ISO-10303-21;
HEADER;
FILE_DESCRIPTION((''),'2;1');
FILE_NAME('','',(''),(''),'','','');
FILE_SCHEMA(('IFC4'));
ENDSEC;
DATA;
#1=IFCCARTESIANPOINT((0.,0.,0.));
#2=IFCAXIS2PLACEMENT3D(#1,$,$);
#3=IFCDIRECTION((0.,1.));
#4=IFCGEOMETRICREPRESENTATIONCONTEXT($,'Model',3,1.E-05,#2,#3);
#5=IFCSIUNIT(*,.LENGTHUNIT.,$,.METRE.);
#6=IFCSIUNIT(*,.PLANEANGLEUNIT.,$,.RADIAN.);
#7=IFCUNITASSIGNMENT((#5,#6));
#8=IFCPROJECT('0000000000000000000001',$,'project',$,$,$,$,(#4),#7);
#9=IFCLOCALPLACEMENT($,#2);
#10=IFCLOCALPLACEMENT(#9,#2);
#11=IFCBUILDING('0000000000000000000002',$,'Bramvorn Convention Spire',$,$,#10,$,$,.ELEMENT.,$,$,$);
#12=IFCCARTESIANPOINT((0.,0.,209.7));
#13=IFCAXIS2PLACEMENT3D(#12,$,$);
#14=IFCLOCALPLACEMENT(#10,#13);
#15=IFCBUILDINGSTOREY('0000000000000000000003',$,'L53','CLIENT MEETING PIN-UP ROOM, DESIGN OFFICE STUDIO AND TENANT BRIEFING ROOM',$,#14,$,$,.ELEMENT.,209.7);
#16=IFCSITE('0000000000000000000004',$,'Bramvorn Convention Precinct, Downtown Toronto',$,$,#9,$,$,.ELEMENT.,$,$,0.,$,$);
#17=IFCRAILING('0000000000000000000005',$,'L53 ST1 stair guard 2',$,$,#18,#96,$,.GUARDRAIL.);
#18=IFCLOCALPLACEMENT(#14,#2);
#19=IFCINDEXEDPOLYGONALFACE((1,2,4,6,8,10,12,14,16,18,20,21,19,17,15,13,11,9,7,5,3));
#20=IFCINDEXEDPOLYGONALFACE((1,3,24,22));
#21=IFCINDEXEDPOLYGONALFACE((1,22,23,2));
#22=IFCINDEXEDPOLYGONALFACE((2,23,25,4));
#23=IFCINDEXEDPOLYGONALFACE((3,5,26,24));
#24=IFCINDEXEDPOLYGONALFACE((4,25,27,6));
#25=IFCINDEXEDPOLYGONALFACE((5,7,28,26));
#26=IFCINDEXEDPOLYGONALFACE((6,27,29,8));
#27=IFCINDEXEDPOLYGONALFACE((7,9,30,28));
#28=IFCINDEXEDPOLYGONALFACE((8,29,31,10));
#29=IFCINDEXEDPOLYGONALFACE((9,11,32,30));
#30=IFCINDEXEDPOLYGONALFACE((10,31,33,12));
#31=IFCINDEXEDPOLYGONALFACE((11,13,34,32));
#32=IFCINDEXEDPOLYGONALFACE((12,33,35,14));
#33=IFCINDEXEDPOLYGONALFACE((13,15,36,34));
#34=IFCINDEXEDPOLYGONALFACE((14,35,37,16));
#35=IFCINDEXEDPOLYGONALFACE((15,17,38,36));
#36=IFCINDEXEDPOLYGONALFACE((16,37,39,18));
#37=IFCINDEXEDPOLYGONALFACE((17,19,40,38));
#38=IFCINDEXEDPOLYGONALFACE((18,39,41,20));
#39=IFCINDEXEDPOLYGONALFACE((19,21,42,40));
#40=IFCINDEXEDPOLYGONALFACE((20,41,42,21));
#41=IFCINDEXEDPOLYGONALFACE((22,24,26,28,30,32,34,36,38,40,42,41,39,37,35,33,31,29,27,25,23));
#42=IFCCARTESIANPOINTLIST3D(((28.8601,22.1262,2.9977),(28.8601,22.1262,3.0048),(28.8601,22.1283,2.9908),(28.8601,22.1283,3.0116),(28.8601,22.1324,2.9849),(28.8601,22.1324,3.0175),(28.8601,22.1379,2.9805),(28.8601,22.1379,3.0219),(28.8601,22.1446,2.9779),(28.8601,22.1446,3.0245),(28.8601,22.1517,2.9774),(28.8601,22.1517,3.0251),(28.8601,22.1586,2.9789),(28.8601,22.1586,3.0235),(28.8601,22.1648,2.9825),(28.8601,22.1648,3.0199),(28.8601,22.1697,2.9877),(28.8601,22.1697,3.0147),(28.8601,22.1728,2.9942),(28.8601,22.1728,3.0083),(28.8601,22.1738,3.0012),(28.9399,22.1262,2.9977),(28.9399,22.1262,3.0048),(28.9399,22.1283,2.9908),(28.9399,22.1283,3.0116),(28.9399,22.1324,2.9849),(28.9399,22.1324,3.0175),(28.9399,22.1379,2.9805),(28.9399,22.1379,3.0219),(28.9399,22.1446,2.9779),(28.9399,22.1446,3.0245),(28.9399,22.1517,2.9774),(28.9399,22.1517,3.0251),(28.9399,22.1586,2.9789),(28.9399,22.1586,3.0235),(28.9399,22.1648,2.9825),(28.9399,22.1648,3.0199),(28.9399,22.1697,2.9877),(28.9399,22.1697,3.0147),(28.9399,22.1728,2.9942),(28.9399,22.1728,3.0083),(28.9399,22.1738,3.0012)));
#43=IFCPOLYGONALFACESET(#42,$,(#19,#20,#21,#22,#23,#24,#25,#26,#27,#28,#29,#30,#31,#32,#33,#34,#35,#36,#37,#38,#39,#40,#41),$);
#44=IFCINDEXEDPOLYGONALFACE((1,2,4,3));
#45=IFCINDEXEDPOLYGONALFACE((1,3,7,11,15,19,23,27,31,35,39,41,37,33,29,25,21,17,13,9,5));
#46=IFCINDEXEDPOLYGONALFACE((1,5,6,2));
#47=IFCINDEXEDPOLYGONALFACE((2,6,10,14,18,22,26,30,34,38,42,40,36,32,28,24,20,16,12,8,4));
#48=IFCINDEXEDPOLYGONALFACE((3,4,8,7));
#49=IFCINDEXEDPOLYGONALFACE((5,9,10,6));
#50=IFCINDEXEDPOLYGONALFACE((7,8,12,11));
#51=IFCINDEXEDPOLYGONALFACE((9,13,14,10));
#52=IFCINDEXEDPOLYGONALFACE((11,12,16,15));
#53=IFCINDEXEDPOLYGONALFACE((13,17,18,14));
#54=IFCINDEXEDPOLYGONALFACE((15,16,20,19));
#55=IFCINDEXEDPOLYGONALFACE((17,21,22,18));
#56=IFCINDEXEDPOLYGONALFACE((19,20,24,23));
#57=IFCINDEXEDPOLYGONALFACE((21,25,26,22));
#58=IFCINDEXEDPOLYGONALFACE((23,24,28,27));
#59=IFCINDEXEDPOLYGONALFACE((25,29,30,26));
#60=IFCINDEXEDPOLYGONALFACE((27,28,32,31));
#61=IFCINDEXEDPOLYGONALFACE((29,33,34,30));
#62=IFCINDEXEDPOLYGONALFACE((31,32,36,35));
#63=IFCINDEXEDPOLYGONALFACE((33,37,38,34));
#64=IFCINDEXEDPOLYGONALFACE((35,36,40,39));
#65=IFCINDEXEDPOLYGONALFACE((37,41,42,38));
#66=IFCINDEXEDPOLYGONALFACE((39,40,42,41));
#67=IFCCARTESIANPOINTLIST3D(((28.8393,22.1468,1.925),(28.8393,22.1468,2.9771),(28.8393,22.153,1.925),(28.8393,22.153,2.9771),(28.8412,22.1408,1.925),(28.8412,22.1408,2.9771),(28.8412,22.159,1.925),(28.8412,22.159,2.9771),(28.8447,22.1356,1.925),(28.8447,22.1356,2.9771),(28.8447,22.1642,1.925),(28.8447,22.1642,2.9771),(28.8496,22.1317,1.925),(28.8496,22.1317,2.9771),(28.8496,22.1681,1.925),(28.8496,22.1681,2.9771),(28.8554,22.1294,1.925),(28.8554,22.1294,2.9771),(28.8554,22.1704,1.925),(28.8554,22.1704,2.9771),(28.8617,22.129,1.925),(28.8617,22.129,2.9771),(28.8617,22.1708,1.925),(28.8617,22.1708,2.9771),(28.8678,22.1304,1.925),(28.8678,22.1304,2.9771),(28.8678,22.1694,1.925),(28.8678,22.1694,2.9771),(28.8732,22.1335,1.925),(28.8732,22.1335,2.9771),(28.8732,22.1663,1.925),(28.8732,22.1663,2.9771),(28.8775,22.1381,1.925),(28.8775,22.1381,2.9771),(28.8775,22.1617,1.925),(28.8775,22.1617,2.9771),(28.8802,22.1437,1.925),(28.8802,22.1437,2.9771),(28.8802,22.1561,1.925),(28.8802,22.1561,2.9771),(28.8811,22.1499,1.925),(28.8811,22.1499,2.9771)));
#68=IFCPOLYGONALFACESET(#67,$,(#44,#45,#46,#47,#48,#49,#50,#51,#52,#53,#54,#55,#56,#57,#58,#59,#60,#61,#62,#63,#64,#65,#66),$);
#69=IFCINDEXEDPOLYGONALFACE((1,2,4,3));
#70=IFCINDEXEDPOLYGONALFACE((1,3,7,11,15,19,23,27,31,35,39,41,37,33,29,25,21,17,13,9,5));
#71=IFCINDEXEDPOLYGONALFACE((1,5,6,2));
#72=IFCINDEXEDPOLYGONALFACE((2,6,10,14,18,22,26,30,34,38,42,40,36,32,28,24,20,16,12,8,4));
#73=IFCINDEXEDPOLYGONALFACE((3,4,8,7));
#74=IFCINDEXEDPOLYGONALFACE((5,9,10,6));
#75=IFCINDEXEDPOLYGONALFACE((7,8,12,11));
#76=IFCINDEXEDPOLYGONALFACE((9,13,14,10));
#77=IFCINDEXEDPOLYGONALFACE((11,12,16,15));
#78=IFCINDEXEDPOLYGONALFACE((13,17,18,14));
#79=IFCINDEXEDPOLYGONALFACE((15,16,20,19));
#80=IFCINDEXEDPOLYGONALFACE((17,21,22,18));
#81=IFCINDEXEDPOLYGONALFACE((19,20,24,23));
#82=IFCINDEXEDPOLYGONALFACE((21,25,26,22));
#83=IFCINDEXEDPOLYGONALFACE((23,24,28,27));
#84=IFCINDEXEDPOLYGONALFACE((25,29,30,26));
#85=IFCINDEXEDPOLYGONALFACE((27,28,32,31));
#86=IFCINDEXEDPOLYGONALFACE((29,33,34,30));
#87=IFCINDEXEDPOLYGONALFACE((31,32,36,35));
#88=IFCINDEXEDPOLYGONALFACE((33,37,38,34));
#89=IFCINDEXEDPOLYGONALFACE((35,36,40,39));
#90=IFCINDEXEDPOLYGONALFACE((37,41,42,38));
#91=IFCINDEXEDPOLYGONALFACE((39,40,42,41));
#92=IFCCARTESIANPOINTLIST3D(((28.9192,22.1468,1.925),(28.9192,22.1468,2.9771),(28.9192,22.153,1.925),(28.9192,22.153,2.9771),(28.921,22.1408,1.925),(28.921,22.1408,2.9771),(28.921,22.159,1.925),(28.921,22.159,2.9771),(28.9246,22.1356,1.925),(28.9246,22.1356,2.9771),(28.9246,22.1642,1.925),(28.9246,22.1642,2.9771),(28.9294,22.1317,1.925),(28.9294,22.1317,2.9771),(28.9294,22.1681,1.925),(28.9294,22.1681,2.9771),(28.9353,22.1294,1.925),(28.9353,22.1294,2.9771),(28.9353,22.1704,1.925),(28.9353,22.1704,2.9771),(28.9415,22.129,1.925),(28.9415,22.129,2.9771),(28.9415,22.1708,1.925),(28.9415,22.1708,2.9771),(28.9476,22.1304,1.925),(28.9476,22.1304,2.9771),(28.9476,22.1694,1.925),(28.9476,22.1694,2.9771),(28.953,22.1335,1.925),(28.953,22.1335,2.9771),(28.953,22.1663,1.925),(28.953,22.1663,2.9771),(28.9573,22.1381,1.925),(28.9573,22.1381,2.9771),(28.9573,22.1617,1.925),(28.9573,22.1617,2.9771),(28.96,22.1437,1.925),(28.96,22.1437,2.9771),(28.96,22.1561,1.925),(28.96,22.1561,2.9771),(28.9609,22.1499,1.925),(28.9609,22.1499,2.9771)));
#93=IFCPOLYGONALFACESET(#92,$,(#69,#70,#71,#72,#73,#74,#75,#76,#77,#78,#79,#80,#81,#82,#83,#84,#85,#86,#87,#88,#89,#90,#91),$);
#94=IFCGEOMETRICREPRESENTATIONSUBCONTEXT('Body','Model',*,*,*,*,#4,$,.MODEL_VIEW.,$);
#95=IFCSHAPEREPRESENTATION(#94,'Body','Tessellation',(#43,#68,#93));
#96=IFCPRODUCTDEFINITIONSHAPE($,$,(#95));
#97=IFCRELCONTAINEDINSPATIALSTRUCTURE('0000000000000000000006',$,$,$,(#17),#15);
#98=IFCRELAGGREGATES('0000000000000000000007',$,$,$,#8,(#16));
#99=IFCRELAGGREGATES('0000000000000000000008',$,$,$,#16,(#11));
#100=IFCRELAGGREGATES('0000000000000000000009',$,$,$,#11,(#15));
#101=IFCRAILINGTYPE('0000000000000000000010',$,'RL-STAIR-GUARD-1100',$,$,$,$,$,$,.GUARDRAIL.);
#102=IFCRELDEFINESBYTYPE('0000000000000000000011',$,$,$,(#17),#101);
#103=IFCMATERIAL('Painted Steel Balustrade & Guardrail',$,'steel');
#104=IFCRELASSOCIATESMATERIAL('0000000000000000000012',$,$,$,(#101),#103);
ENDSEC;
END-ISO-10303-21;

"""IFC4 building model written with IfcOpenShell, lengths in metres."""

from ifc_helpers import new_model, si_unit, direction, frame, origin, origin_2d, place, context, subcontext, project, spatial, circle, extrude, material, type_object, element, save


model = new_model("IFC4")

# Units and contexts
model_context = context("Model", 3, precision=1e-05, world=origin(), true_north=direction((0.0, 1.0)))
body_context = subcontext(model_context, "Body", "Model", "MODEL_VIEW")
ifc_project = project(units=[si_unit("LENGTHUNIT", "METRE"), si_unit("PLANEANGLEUNIT", "RADIAN")], contexts=[model_context])

# Site, building, storey
site_placement = place(None, origin())
site = spatial("IfcSite", under=ifc_project, at=site_placement, Name="Bramvorn Convention Precinct, Downtown Toronto", CompositionType="ELEMENT", RefElevation=0.0)
building_placement = place(site_placement, origin())
building = spatial("IfcBuilding", under=site, at=building_placement, Name="Bramvorn Convention Spire", CompositionType="ELEMENT")
storey_placement = place(building_placement, frame((0.0, 0.0, 209.7)))
storey = spatial("IfcBuildingStorey", under=building, at=storey_placement, Name="L53", Description="CLIENT MEETING PIN-UP ROOM, DESIGN OFFICE STUDIO AND TENANT BRIEFING ROOM", CompositionType="ELEMENT", Elevation=209.7)

# Railing
ifc_material_1 = material(Name="Painted Steel Balustrade & Guardrail", Category="steel")
railing_type_1 = type_object("IfcRailingType", Name="RL-STAIR-GUARD-1100", PredefinedType="GUARDRAIL", material=ifc_material_1)
railing_1_placement = place(storey_placement, frame((28.8601, 22.1499, 1.925)))
element("IfcRailing", 1, at=railing_1_placement, inside=storey, type_object=railing_type_1, Name="L53 ST1 stair guard 2", PredefinedType="GUARDRAIL", context=body_context, shape_type="SweptSolid", body=[
    extrude(circle(Radius=0.0239, at=origin_2d()), frame((0.0, 0.0, 1.0762), z_axis=(1.0, 0.0, 0.0), x_axis=(0.0, 1.0, 0.0)), (0.0, 0.0, 1.0), 0.0798),
    extrude(circle(Radius=0.021, at=origin_2d()), origin(), (0.0, 0.0, 1.0), 1.052),
    extrude(circle(Radius=0.021, at=origin_2d()), frame((0.0798, 0.0, 0.0)), (0.0, 0.0, 1.0), 1.052),
])

save(model, "model.ifc")
